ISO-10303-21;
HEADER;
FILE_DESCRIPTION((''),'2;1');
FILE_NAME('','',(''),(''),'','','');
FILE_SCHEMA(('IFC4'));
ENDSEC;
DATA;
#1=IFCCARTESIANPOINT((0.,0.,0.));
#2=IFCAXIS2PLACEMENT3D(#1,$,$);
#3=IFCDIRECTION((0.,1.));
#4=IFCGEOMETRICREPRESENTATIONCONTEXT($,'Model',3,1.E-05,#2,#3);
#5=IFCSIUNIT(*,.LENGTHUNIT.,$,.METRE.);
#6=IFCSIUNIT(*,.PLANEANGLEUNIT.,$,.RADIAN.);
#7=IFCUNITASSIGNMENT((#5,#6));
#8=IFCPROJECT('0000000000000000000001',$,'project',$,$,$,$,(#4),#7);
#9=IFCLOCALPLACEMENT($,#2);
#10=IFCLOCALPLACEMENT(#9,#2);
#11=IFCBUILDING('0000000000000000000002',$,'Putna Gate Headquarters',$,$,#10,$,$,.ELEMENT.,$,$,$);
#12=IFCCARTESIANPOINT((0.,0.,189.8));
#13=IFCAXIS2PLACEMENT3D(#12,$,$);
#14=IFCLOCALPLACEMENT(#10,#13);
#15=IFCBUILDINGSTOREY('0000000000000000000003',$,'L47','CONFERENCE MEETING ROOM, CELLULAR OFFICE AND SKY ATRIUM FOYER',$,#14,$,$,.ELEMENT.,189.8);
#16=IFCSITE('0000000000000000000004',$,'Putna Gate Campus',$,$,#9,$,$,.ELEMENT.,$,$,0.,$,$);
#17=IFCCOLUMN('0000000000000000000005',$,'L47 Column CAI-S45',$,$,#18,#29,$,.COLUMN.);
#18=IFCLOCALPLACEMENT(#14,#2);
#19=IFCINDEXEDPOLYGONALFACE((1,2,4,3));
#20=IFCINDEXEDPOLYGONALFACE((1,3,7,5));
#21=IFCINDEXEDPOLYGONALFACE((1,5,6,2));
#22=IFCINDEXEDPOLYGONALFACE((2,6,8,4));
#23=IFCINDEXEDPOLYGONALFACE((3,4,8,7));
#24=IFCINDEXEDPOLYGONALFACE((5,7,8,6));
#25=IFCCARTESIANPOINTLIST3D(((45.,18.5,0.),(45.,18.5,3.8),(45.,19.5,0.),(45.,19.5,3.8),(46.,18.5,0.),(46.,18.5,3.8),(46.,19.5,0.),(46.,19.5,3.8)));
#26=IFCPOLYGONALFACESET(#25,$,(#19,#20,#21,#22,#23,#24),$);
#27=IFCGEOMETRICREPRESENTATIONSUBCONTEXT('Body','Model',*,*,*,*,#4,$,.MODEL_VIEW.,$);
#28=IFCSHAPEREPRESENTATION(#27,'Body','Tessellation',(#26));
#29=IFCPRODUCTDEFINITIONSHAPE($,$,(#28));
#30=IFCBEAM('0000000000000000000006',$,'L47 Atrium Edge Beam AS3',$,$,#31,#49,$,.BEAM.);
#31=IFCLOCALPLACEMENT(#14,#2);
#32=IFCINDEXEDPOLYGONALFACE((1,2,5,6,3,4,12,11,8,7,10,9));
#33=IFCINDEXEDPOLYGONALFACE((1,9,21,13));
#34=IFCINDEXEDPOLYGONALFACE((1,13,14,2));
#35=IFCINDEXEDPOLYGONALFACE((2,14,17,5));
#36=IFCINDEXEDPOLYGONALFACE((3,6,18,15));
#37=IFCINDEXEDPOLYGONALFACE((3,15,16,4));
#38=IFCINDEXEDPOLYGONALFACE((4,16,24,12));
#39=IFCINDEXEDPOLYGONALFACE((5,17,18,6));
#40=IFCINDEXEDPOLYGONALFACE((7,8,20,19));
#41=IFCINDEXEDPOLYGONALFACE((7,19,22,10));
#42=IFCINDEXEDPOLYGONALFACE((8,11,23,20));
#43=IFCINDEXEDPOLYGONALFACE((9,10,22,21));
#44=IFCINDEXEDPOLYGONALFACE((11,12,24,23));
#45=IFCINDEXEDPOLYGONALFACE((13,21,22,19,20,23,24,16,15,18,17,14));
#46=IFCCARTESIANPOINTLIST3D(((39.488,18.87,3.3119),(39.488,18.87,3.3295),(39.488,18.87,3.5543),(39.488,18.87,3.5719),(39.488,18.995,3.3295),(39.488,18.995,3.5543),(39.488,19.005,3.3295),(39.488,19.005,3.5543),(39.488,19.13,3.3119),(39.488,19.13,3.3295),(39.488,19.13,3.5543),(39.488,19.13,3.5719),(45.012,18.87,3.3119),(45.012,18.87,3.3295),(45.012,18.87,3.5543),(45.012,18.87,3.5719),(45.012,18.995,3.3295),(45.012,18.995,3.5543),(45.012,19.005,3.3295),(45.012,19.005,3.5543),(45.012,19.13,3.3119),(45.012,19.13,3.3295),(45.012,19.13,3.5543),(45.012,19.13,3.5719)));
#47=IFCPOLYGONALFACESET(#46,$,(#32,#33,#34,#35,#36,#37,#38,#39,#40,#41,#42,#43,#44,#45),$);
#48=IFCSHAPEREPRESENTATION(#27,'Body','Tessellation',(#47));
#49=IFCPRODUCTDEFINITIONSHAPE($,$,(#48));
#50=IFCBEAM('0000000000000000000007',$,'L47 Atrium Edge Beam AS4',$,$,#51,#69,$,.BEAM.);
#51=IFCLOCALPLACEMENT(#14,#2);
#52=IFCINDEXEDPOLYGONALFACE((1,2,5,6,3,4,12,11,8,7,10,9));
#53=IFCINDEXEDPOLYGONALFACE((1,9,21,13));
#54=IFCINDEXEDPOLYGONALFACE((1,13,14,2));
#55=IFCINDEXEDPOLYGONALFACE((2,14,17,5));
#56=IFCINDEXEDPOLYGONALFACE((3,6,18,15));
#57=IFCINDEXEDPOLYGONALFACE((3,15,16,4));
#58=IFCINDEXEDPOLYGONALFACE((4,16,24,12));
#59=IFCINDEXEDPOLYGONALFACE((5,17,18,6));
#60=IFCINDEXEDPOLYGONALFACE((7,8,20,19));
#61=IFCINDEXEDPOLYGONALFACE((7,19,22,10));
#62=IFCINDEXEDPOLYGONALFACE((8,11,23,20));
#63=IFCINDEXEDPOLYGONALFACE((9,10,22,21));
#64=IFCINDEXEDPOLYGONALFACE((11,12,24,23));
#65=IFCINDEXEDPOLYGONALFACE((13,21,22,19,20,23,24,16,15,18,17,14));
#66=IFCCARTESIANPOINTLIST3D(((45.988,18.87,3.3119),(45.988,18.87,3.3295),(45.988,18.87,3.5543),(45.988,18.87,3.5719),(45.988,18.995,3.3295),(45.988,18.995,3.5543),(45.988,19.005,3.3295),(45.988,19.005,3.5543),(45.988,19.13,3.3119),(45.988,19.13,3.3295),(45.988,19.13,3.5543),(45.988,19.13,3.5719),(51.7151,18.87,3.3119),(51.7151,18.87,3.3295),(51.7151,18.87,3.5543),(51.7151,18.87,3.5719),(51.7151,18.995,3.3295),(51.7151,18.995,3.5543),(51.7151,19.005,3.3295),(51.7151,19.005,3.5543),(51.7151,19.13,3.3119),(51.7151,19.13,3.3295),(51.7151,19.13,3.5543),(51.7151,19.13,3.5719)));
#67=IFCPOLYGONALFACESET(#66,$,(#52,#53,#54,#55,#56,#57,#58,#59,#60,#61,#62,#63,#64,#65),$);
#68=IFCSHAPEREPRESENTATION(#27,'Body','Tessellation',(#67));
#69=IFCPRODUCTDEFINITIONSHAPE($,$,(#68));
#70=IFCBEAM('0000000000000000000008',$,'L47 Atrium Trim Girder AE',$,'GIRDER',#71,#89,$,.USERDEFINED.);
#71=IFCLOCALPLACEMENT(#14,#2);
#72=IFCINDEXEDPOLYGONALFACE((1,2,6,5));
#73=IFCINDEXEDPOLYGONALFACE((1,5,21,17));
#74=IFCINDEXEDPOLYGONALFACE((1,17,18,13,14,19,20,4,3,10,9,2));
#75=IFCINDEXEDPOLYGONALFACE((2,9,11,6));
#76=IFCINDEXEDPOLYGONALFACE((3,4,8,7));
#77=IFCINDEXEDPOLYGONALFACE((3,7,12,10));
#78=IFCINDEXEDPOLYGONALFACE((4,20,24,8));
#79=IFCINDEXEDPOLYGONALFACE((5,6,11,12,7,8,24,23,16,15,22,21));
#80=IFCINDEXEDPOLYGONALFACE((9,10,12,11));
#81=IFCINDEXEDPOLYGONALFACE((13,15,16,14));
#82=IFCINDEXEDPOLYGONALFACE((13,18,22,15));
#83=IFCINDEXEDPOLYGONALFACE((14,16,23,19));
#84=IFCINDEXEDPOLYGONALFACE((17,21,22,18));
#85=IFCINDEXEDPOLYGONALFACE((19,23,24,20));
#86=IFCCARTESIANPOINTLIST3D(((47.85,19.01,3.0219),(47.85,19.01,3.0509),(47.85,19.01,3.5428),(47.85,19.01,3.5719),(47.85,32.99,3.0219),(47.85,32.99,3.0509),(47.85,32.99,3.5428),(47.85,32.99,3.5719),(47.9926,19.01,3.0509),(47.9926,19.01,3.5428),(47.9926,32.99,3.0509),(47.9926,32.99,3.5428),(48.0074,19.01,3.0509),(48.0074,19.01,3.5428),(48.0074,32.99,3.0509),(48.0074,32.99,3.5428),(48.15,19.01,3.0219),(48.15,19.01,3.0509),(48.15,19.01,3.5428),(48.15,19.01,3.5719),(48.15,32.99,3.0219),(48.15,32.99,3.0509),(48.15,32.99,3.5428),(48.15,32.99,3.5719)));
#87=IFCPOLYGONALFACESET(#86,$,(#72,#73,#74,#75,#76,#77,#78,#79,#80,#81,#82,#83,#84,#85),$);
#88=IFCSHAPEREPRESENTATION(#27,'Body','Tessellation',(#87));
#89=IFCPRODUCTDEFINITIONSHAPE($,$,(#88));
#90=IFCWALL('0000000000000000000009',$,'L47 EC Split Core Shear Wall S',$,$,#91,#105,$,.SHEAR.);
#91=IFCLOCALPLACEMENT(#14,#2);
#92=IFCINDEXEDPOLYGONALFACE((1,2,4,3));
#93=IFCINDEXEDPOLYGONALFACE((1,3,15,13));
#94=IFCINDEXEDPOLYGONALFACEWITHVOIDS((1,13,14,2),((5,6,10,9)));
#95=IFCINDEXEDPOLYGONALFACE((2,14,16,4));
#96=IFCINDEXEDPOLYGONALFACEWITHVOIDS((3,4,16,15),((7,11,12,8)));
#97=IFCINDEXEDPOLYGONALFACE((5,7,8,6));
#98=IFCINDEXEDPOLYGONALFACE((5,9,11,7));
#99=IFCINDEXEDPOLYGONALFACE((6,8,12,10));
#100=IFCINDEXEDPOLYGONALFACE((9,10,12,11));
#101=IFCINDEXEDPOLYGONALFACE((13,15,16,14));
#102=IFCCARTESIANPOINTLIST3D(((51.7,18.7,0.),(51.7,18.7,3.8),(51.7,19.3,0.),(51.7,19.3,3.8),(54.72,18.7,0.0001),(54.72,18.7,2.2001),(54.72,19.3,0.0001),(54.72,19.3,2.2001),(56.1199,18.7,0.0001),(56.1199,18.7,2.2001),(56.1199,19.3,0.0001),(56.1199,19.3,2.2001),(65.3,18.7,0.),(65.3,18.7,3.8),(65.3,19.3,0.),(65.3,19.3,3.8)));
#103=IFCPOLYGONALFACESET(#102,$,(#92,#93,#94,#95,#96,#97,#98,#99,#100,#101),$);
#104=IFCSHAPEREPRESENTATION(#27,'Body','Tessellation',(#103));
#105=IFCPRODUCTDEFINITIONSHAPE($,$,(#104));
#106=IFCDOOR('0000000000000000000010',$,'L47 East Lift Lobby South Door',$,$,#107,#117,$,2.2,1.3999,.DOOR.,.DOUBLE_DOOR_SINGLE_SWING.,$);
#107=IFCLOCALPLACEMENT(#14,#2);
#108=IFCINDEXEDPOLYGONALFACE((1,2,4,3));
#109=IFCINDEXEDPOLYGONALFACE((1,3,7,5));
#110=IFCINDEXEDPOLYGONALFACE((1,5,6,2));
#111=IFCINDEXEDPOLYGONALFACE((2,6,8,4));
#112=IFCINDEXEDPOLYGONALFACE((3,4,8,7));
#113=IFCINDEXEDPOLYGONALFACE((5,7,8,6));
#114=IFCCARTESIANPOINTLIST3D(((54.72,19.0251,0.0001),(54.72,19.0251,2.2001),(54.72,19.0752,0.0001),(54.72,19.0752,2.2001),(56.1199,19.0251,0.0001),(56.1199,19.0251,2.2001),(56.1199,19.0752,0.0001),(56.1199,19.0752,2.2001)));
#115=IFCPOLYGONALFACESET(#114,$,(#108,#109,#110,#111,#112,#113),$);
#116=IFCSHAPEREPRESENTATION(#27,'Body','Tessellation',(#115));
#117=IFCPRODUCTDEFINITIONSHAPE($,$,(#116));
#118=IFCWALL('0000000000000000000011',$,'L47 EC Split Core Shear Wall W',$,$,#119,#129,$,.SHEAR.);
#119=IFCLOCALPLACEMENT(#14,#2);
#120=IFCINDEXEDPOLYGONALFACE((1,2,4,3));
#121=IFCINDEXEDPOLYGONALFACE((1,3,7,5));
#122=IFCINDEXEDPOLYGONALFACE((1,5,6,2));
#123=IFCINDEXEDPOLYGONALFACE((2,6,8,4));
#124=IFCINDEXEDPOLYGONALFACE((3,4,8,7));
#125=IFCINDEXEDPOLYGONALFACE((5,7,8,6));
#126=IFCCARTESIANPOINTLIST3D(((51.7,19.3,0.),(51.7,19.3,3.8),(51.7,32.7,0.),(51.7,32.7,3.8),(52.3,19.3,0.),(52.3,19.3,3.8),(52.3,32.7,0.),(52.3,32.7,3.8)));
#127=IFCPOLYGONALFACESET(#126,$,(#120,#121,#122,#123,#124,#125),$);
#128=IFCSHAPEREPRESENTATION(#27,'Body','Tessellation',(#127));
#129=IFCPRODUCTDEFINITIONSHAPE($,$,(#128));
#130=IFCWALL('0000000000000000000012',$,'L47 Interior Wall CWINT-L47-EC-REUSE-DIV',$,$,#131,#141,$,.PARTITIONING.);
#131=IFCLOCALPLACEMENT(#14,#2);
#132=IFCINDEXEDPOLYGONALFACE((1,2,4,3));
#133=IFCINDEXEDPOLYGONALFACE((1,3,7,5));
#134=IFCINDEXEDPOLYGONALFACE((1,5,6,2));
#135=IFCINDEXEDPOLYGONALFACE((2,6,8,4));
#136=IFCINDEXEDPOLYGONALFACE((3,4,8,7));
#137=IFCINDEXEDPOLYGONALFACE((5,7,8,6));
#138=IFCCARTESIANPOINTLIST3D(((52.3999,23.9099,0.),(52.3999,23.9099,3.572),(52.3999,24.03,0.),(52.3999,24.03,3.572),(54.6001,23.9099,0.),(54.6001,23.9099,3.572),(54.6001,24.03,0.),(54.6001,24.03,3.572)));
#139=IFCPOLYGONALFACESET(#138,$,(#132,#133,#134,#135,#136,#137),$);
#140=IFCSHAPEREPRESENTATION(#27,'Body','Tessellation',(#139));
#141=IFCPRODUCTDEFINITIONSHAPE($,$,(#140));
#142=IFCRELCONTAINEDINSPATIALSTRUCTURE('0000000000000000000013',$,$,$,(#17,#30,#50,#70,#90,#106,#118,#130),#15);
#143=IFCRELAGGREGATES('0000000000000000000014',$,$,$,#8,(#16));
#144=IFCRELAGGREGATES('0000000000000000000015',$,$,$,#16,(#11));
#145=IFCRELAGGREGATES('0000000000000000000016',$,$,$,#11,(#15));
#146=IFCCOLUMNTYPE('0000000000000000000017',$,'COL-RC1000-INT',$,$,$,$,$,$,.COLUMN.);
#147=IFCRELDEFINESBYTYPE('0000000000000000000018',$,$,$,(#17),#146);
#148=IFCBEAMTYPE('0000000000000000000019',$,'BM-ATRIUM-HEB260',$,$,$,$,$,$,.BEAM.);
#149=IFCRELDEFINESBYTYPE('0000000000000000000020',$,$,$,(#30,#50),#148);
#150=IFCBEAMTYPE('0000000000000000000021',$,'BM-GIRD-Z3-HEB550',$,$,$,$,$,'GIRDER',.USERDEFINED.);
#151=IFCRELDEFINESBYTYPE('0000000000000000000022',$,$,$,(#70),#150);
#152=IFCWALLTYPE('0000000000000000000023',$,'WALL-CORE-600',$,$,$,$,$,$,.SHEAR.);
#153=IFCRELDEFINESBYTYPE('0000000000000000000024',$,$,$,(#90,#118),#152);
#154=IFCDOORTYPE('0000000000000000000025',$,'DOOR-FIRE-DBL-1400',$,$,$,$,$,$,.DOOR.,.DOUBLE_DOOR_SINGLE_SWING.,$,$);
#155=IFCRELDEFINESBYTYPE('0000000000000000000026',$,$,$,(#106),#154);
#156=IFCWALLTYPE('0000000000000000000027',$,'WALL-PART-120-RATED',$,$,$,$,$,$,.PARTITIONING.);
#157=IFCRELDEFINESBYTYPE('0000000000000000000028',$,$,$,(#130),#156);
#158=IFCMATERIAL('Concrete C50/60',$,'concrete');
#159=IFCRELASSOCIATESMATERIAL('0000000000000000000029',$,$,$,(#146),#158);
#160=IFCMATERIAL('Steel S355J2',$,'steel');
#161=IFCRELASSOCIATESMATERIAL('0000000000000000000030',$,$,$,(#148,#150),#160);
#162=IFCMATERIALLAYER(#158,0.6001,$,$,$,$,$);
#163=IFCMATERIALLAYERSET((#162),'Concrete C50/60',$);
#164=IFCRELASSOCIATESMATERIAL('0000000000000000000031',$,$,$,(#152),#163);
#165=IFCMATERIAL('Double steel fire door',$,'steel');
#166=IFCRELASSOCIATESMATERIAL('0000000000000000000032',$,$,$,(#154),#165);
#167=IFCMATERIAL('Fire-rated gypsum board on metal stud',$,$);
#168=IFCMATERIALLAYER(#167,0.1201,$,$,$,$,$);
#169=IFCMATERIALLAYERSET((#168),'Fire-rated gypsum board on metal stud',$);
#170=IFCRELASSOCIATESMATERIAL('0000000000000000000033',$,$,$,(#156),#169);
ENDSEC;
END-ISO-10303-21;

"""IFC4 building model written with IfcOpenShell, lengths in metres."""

from ifc_helpers import new_model, si_unit, direction, frame, frame_2d, origin, origin_2d, place, context, subcontext, project, spatial, rectangle, i_section, extrude, material, layer, layer_set, material_profile, profile_set, type_object, element, fill, save


model = new_model("IFC4")

# Units and contexts
model_context = context("Model", 3, precision=1e-05, world=origin(), true_north=direction((0.0, 1.0)))
body_context = subcontext(model_context, "Body", "Model", "MODEL_VIEW")
ifc_project = project(units=[si_unit("LENGTHUNIT", "METRE"), si_unit("PLANEANGLEUNIT", "RADIAN")], contexts=[model_context])

# Site, building, storey
site_placement = place(None, origin())
site = spatial("IfcSite", under=ifc_project, at=site_placement, Name="Putna Gate Campus", CompositionType="ELEMENT", RefElevation=0.0)
building_placement = place(site_placement, origin())
building = spatial("IfcBuilding", under=site, at=building_placement, Name="Putna Gate Headquarters", CompositionType="ELEMENT")
storey_placement = place(building_placement, frame((0.0, 0.0, 189.8)))
storey = spatial("IfcBuildingStorey", under=building, at=storey_placement, Name="L47", Description="CONFERENCE MEETING ROOM, CELLULAR OFFICE AND SKY ATRIUM FOYER", CompositionType="ELEMENT", Elevation=189.8)

# Column
ifc_material_1 = material(Name="Concrete C50/60", Category="concrete")
ifc_material_profile_1 = material_profile(ifc_material_1, rectangle(XDim=1.0, YDim=1.0, at=origin_2d()), Name="Concrete C50/60")
ifc_profile_set_1 = profile_set([ifc_material_profile_1], Name="Concrete C50/60")
column_type = type_object("IfcColumnType", Name="COL-RC1000-INT", PredefinedType="COLUMN", material=ifc_profile_set_1)
column_placement = place(storey_placement, frame((45.5, 19.0, 0.0), z_axis=(0.0, 0.0, 1.0), x_axis=(1.0, 0.0, 0.0)))
element("IfcColumn", 1, at=column_placement, inside=storey, type_object=column_type, Name="L47 Column CAI-S45", PredefinedType="COLUMN", context=body_context, shape_type="SweptSolid", body=[
    extrude(rectangle(XDim=1.0, YDim=1.0, at=origin_2d()), origin(), (0.0, 0.0, 1.0), 3.8),
])

# Beams
ifc_material_2 = material(Name="Steel S355J2", Category="steel")
ifc_material_profile_2 = material_profile(ifc_material_2, i_section(OverallWidth=0.26, OverallDepth=0.26, WebThickness=0.01, FlangeThickness=0.0176, at=origin_2d()), Name="Steel S355J2")
ifc_profile_set_2 = profile_set([ifc_material_profile_2], Name="Steel S355J2")
beam_type_1 = type_object("IfcBeamType", Name="BM-ATRIUM-HEB260", PredefinedType="BEAM", material=ifc_profile_set_2)
beam_1_placement = place(storey_placement, frame((39.488, 19.0, 3.4419), z_axis=(1.0, 0.0, 0.0), x_axis=(0.0, 1.0, 0.0)))
element("IfcBeam", 2, at=beam_1_placement, inside=storey, type_object=beam_type_1, Name="L47 Atrium Edge Beam AS3", PredefinedType="BEAM", context=body_context, shape_type="SweptSolid", body=[
    extrude(i_section(OverallWidth=0.26, OverallDepth=0.26, WebThickness=0.01, FlangeThickness=0.0176, at=origin_2d()), origin(), (0.0, 0.0, 1.0), 5.5239),
])
beam_2_placement = place(storey_placement, frame((45.988, 19.0, 3.4419), z_axis=(1.0, 0.0, 0.0), x_axis=(0.0, 1.0, 0.0)))
element("IfcBeam", 3, at=beam_2_placement, inside=storey, type_object=beam_type_1, Name="L47 Atrium Edge Beam AS4", PredefinedType="BEAM", context=body_context, shape_type="SweptSolid", body=[
    extrude(i_section(OverallWidth=0.26, OverallDepth=0.26, WebThickness=0.01, FlangeThickness=0.0176, at=origin_2d()), origin(), (0.0, 0.0, 1.0), 5.7271),
])
ifc_material_profile_3 = material_profile(ifc_material_2, i_section(OverallWidth=0.3, OverallDepth=0.55, WebThickness=0.0149, FlangeThickness=0.0291, at=origin_2d()), Name="Steel S355J2")
ifc_profile_set_3 = profile_set([ifc_material_profile_3], Name="Steel S355J2")
beam_type_2 = type_object("IfcBeamType", Name="BM-GIRD-Z3-HEB550", ElementType="GIRDER", PredefinedType="USERDEFINED", material=ifc_profile_set_3)
beam_3_placement = place(storey_placement, frame((48.0, 19.01, 3.2969), z_axis=(0.0, 1.0, 0.0), x_axis=(-1.0, 0.0, 0.0)))
element("IfcBeam", 4, at=beam_3_placement, inside=storey, type_object=beam_type_2, Name="L47 Atrium Trim Girder AE", ObjectType="GIRDER", PredefinedType="USERDEFINED", context=body_context, shape_type="SweptSolid", body=[
    extrude(i_section(OverallWidth=0.3, OverallDepth=0.55, WebThickness=0.0149, FlangeThickness=0.0291, at=origin_2d()), origin(), (0.0, 0.0, 1.0), 13.98),
])

# Wall, opening, door
ifc_layer_1 = layer(ifc_material_1, 0.6001)
ifc_layer_set_1 = layer_set([ifc_layer_1], Name="Concrete C50/60")
wall_type_1 = type_object("IfcWallType", Name="WALL-CORE-600", PredefinedType="SHEAR", material=ifc_layer_set_1)
wall_1_placement = place(storey_placement, frame((51.7, 19.0, 0.0), z_axis=(0.0, 0.0, 1.0), x_axis=(1.0, 0.0, 0.0)))
wall_1 = element("IfcWall", 5, at=wall_1_placement, inside=storey, type_object=wall_type_1, Name="L47 EC Split Core Shear Wall S", PredefinedType="SHEAR", context=body_context, shape_type="SweptSolid", body=[
    extrude(rectangle(XDim=13.6001, YDim=0.6001, at=frame_2d((6.8, 0.0))), origin(), (0.0, 0.0, 1.0), 3.8),
])
opening_1_placement = place(wall_1_placement, frame((3.02, 0.0, 0.0)))
opening_1 = element("IfcOpeningElement", 6, at=opening_1_placement, cuts=wall_1, PredefinedType="OPENING", context=body_context, shape_type="SweptSolid", body=[
    extrude(rectangle(XDim=1.3999, YDim=2.2, at=frame_2d((0.7, 1.1001))), frame((0.0, 0.3101, 0.0), z_axis=(0.0, -1.0, 0.0), x_axis=(1.0, 0.0, 0.0)), (0.0, 0.0, 1.0), 0.6201),
])
ifc_material_3 = material(Name="Double steel fire door", Category="steel")
door_type_1 = type_object("IfcDoorType", Name="DOOR-FIRE-DBL-1400", OperationType="DOUBLE_DOOR_SINGLE_SWING", PredefinedType="DOOR", material=ifc_material_3)
door_1_placement = place(opening_1_placement, origin())
door_1 = element("IfcDoor", 7, at=door_1_placement, inside=storey, type_object=door_type_1, Name="L47 East Lift Lobby South Door", OperationType="DOUBLE_DOOR_SINGLE_SWING", OverallHeight=2.2, OverallWidth=1.3999, PredefinedType="DOOR", context=body_context, shape_type="SweptSolid", body=[
    extrude(rectangle(XDim=1.3999, YDim=2.2, at=frame_2d((0.7, 1.1001))), frame((0.0, 0.0752, 0.0), z_axis=(0.0, -1.0, 0.0), x_axis=(1.0, 0.0, 0.0)), (0.0, 0.0, 1.0), 0.05),
])
fill(opening_1, door_1)

# Walls
wall_2_placement = place(storey_placement, frame((52.0, 19.3, 0.0), z_axis=(0.0, 0.0, 1.0), x_axis=(0.0, 1.0, 0.0)))
element("IfcWall", 8, at=wall_2_placement, inside=storey, type_object=wall_type_1, Name="L47 EC Split Core Shear Wall W", PredefinedType="SHEAR", context=body_context, shape_type="SweptSolid", body=[
    extrude(rectangle(XDim=13.3999, YDim=0.6001, at=frame_2d((6.7, 0.0))), origin(), (0.0, 0.0, 1.0), 3.8),
])
ifc_material_4 = material(Name="Fire-rated gypsum board on metal stud")
ifc_layer_2 = layer(ifc_material_4, 0.1201)
ifc_layer_set_2 = layer_set([ifc_layer_2], Name="Fire-rated gypsum board on metal stud")
wall_type_2 = type_object("IfcWallType", Name="WALL-PART-120-RATED", PredefinedType="PARTITIONING", material=ifc_layer_set_2)
wall_3_placement = place(storey_placement, frame((52.3999, 23.97, 0.0), z_axis=(0.0, 0.0, 1.0), x_axis=(1.0, 0.0, 0.0)))
element("IfcWall", 9, at=wall_3_placement, inside=storey, type_object=wall_type_2, Name="L47 Interior Wall CWINT-L47-EC-REUSE-DIV", PredefinedType="PARTITIONING", context=body_context, shape_type="SweptSolid", body=[
    extrude(rectangle(XDim=2.2002, YDim=0.1201, at=frame_2d((1.1001, 0.0))), origin(), (0.0, 0.0, 1.0), 3.572),
])

save(model, "model.ifc")
